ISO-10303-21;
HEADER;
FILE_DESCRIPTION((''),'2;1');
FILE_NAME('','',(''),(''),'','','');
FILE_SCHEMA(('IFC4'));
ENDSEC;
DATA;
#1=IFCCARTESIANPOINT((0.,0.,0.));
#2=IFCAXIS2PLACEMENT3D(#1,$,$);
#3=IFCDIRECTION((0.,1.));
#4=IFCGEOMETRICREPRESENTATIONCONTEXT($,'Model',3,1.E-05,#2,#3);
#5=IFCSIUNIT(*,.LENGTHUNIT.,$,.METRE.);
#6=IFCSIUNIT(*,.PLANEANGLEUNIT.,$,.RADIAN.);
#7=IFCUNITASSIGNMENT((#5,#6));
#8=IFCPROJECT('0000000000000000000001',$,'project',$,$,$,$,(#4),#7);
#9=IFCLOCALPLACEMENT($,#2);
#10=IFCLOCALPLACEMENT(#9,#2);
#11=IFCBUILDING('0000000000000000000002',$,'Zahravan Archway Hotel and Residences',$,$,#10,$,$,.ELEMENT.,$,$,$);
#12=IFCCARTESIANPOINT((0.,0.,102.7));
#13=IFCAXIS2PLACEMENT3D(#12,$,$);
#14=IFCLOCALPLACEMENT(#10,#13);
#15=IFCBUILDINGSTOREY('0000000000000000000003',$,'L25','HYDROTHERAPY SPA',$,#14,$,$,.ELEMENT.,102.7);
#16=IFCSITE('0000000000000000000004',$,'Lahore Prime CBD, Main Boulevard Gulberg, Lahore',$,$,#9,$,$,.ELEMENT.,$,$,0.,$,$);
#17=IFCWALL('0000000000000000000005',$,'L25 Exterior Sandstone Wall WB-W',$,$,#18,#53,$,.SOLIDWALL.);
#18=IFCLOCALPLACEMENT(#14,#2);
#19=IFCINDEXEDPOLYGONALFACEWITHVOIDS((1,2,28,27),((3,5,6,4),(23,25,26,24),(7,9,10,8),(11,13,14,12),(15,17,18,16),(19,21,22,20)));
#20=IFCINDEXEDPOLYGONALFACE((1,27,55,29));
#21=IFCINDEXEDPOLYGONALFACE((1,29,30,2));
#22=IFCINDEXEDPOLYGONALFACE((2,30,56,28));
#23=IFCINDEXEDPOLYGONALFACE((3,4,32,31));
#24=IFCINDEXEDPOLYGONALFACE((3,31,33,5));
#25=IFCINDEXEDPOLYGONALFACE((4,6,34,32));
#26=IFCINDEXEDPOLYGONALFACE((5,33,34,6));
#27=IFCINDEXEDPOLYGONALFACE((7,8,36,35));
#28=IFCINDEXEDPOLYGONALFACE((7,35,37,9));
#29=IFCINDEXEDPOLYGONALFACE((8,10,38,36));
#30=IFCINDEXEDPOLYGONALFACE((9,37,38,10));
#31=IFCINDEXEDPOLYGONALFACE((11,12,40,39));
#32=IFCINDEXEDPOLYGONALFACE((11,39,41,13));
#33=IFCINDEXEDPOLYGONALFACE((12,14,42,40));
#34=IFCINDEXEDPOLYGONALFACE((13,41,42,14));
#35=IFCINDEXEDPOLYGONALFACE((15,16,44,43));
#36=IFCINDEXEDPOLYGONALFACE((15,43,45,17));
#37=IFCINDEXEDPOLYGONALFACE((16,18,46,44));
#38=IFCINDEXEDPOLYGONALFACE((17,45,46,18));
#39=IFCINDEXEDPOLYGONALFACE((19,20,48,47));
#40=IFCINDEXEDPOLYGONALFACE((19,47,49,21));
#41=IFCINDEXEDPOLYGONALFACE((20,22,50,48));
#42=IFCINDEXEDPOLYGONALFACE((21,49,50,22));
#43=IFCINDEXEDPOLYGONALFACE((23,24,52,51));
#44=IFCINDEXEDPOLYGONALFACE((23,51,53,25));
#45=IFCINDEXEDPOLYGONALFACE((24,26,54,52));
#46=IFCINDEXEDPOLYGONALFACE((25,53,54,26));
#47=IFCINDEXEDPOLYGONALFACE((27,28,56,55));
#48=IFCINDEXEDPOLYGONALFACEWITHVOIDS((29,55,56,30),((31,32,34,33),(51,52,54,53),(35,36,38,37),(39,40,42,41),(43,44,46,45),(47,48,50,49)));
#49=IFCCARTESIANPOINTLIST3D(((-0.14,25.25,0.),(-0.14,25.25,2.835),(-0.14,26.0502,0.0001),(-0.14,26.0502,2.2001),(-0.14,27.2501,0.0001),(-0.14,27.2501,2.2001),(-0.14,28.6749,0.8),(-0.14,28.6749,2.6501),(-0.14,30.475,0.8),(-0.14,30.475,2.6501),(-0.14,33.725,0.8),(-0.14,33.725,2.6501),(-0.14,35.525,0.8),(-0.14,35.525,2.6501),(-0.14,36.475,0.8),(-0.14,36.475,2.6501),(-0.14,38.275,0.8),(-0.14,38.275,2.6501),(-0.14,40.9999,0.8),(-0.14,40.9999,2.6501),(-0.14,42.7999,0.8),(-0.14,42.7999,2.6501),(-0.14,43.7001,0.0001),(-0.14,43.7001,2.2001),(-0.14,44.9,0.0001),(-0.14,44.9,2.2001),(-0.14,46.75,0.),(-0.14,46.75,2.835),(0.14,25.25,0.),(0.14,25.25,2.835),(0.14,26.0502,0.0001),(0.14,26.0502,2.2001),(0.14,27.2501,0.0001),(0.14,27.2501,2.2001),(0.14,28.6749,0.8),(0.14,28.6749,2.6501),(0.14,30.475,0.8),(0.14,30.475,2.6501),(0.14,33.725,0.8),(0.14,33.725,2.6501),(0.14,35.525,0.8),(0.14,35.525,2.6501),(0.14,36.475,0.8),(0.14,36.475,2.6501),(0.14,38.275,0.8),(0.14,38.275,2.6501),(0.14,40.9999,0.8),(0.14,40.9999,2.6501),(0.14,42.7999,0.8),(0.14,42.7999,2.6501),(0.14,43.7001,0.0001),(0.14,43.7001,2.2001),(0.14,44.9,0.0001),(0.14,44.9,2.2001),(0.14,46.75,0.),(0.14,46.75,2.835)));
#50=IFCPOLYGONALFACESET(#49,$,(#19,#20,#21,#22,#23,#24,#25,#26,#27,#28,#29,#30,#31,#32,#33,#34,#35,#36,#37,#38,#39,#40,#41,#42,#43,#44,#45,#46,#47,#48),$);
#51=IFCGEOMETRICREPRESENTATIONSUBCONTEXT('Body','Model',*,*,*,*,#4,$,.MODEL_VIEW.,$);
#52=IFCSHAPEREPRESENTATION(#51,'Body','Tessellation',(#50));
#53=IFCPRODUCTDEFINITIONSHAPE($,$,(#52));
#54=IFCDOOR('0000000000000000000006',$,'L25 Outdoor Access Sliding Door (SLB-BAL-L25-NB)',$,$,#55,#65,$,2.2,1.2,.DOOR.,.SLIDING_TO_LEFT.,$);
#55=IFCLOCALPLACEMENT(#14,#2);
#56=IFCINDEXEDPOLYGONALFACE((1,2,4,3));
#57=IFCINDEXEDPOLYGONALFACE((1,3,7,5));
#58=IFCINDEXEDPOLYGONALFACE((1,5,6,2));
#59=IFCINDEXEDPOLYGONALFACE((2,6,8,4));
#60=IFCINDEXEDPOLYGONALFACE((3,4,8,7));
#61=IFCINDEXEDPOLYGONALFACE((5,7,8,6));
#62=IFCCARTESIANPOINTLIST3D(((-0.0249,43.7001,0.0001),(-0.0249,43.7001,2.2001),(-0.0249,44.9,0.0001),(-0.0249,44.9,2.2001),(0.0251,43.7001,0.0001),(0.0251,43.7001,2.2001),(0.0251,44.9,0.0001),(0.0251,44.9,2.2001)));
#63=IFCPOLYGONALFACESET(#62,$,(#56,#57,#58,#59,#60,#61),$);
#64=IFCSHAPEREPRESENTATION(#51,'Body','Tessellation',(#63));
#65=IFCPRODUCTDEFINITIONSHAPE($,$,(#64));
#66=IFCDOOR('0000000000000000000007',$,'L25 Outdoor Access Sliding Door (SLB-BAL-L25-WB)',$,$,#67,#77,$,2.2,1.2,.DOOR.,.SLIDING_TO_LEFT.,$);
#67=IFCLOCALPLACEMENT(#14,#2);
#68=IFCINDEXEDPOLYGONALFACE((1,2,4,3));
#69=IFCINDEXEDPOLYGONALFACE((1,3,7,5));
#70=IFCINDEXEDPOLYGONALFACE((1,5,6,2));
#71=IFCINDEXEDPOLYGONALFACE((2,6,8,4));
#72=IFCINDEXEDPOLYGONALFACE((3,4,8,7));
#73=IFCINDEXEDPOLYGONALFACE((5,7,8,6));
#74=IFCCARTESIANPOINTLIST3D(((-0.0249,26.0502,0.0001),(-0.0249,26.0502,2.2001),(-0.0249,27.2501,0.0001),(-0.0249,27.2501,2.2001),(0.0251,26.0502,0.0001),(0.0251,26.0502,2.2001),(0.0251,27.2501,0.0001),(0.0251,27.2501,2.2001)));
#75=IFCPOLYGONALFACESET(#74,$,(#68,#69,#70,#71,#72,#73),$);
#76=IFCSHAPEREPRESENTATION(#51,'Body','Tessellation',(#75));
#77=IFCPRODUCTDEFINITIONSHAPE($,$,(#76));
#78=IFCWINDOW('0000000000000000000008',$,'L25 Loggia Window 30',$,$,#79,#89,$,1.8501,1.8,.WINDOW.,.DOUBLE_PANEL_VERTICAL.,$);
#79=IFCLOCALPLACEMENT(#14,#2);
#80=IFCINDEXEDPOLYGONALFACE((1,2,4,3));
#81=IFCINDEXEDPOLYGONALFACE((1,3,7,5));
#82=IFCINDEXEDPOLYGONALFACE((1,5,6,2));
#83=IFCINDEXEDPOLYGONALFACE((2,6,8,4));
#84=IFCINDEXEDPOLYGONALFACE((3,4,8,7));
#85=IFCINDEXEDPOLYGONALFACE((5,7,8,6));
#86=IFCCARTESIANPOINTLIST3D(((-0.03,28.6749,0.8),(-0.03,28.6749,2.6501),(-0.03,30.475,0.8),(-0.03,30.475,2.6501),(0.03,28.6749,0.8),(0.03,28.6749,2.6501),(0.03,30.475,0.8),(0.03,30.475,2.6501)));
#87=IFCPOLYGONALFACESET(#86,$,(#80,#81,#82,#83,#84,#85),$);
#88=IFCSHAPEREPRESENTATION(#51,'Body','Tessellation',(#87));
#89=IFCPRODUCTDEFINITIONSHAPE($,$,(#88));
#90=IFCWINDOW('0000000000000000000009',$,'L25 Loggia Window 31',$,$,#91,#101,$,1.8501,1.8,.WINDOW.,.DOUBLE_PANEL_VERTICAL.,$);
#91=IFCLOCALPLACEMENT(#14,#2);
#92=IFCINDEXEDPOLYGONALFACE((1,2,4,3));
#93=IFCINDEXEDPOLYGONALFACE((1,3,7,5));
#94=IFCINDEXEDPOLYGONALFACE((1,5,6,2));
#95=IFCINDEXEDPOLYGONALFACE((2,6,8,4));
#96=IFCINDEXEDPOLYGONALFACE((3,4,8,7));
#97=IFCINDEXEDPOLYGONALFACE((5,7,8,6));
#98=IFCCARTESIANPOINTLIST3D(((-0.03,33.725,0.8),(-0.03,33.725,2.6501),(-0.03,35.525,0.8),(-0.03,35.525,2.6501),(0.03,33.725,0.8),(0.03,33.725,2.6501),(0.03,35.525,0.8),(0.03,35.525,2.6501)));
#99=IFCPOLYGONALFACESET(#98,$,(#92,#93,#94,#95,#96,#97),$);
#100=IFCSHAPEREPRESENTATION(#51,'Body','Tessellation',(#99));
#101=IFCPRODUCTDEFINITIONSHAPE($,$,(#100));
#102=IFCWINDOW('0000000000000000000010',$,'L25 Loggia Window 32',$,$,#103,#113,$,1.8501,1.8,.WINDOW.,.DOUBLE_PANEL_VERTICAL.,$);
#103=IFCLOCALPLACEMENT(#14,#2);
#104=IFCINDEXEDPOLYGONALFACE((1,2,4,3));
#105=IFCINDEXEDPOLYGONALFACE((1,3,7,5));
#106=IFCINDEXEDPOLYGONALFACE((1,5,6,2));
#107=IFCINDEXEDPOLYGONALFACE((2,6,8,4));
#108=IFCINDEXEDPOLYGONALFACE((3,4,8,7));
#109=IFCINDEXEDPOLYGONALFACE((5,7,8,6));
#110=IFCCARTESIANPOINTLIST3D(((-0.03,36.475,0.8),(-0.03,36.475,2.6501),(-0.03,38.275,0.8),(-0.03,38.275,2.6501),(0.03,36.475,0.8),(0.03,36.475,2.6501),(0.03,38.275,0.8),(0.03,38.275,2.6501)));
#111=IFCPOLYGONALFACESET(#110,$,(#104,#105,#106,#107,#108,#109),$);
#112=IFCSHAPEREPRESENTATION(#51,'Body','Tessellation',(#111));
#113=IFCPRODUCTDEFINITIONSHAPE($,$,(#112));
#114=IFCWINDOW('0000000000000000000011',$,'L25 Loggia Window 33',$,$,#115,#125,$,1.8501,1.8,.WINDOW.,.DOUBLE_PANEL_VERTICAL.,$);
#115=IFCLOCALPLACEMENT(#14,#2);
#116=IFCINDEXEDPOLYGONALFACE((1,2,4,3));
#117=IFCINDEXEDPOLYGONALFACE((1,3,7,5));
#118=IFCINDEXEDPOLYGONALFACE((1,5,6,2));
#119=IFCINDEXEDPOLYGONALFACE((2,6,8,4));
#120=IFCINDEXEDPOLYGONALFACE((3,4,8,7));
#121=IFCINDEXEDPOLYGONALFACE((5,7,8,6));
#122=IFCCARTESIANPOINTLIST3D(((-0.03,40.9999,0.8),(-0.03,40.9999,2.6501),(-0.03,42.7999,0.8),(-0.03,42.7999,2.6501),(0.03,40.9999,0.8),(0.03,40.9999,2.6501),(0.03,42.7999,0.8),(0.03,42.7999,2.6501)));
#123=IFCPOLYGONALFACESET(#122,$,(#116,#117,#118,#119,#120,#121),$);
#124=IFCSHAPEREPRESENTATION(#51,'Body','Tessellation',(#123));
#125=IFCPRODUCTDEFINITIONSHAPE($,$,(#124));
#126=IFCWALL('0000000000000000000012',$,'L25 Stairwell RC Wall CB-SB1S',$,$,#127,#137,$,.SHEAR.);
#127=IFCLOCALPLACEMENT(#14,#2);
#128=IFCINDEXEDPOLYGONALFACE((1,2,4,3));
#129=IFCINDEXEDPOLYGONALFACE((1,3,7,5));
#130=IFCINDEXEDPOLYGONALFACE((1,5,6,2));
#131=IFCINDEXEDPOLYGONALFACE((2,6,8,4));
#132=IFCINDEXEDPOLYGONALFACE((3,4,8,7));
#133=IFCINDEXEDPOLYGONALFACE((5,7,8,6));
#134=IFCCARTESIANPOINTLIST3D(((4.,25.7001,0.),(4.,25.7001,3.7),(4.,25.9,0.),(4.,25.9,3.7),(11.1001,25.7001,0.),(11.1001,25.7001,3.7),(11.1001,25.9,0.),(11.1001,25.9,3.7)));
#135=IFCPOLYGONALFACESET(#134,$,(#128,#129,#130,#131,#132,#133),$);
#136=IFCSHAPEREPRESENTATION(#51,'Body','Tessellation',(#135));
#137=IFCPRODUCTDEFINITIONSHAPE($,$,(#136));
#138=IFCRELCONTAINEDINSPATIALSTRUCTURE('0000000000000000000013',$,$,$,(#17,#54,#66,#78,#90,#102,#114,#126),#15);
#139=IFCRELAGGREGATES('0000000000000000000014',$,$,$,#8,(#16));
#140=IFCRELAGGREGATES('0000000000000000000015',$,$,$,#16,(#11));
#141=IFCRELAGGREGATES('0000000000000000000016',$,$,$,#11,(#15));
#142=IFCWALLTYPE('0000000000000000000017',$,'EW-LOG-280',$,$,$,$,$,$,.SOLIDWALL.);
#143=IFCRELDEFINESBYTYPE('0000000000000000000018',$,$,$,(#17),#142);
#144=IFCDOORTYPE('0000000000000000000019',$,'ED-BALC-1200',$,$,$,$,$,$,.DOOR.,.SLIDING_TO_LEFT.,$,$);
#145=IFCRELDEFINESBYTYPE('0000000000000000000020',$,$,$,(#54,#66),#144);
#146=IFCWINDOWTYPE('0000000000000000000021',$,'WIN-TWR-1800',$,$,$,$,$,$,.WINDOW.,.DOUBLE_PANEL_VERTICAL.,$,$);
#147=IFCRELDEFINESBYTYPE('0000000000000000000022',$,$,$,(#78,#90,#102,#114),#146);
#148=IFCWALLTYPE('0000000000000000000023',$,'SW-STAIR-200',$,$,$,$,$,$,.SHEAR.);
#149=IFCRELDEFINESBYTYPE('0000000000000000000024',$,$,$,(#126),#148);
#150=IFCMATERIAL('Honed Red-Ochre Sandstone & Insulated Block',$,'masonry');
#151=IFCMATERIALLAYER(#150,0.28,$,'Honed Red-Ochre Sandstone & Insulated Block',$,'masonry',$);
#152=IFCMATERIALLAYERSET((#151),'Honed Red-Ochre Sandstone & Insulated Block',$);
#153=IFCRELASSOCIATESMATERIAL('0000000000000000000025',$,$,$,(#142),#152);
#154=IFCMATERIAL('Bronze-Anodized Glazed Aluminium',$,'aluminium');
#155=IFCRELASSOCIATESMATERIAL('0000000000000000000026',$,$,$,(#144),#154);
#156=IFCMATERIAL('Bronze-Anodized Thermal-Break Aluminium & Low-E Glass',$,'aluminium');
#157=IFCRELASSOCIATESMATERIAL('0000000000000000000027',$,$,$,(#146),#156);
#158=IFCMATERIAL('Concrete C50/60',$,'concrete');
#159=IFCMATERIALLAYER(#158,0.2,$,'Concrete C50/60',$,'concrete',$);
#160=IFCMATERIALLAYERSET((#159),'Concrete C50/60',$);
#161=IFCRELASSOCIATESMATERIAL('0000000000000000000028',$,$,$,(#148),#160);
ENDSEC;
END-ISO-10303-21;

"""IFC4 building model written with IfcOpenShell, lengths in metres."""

from ifc_helpers import new_model, si_unit, direction, frame, frame_2d, origin, place, context, subcontext, project, spatial, rectangle, extrude, source, transform, mapped, material, layer, layer_set, type_object, type_shapes, element, fill, save


model = new_model("IFC4")

# Units and contexts
model_context = context("Model", 3, precision=1e-05, world=origin(), true_north=direction((0.0, 1.0)))
body_context = subcontext(model_context, "Body", "Model", "MODEL_VIEW")
ifc_project = project(units=[si_unit("LENGTHUNIT", "METRE"), si_unit("PLANEANGLEUNIT", "RADIAN")], contexts=[model_context])

# Site, building, storey
site_placement = place(None, origin())
site = spatial("IfcSite", under=ifc_project, at=site_placement, Name="Lahore Prime CBD, Main Boulevard Gulberg, Lahore", CompositionType="ELEMENT", RefElevation=0.0)
building_placement = place(site_placement, origin())
building = spatial("IfcBuilding", under=site, at=building_placement, Name="Zahravan Archway Hotel and Residences", CompositionType="ELEMENT")
storey_placement = place(building_placement, frame((0.0, 0.0, 102.7)))
storey = spatial("IfcBuildingStorey", under=building, at=storey_placement, Name="L25", Description="HYDROTHERAPY SPA", CompositionType="ELEMENT", Elevation=102.7)

# Shared definitions
ifc_material_1 = material(Name="Honed Red-Ochre Sandstone & Insulated Block", Category="masonry")
ifc_layer_1 = layer(ifc_material_1, 0.28, Name="Honed Red-Ochre Sandstone & Insulated Block", Category="masonry")
ifc_layer_set_1 = layer_set([ifc_layer_1], Name="Honed Red-Ochre Sandstone & Insulated Block")
wall_type_1 = type_object("IfcWallType", Name="EW-LOG-280", PredefinedType="SOLIDWALL", material=ifc_layer_set_1)
ifc_material_2 = material(Name="Bronze-Anodized Thermal-Break Aluminium & Low-E Glass", Category="aluminium")

# Wall, openings, doors, windows
wall_1_placement = place(storey_placement, frame((0.0, 25.25, 0.0), z_axis=(0.0, 0.0, 1.0), x_axis=(0.0, 1.0, 0.0)))
wall_1 = element("IfcWall", 1, at=wall_1_placement, inside=storey, type_object=wall_type_1, Name="L25 Exterior Sandstone Wall WB-W", PredefinedType="SOLIDWALL", context=body_context, shape_type="SweptSolid", body=[
    extrude(rectangle(XDim=21.5, YDim=0.28, at=frame_2d((10.75, 0.0))), origin(), (0.0, 0.0, 1.0), 2.835),
])
opening_1_placement = place(wall_1_placement, frame((18.45, 0.0, 0.0)))
opening_1 = element("IfcOpeningElement", 2, at=opening_1_placement, cuts=wall_1, PredefinedType="OPENING", context=body_context, shape_type="SweptSolid", body=[
    extrude(rectangle(XDim=1.2, YDim=2.2, at=frame_2d((0.6001, 1.1001))), frame((0.0, 0.1499, 0.0), z_axis=(0.0, -1.0, 0.0), x_axis=(1.0, 0.0, 0.0)), (0.0, 0.0, 1.0), 0.3),
])
opening_2_placement = place(wall_1_placement, frame((0.8, 0.0, 0.0)))
opening_2 = element("IfcOpeningElement", 3, at=opening_2_placement, cuts=wall_1, PredefinedType="OPENING", context=body_context, shape_type="SweptSolid", body=[
    extrude(rectangle(XDim=1.2, YDim=2.2, at=frame_2d((0.6001, 1.1001))), frame((0.0, 0.1499, 0.0), z_axis=(0.0, -1.0, 0.0), x_axis=(1.0, 0.0, 0.0)), (0.0, 0.0, 1.0), 0.3),
])
opening_3_placement = place(wall_1_placement, frame((3.425, 0.0, 0.8)))
opening_3 = element("IfcOpeningElement", 4, at=opening_3_placement, cuts=wall_1, PredefinedType="OPENING", context=body_context, shape_type="SweptSolid", body=[
    extrude(rectangle(XDim=1.8, YDim=1.8501, at=frame_2d((0.8999, 0.925))), frame((0.0, 0.1499, 0.0), z_axis=(0.0, -1.0, 0.0), x_axis=(1.0, 0.0, 0.0)), (0.0, 0.0, 1.0), 0.3),
])
opening_4_placement = place(wall_1_placement, frame((8.4751, 0.0, 0.8)))
opening_4 = element("IfcOpeningElement", 5, at=opening_4_placement, cuts=wall_1, PredefinedType="OPENING", context=body_context, shape_type="SweptSolid", body=[
    extrude(rectangle(XDim=1.8, YDim=1.8501, at=frame_2d((0.8999, 0.925))), frame((0.0, 0.1499, 0.0), z_axis=(0.0, -1.0, 0.0), x_axis=(1.0, 0.0, 0.0)), (0.0, 0.0, 1.0), 0.3),
])
opening_5_placement = place(wall_1_placement, frame((11.2251, 0.0, 0.8)))
opening_5 = element("IfcOpeningElement", 6, at=opening_5_placement, cuts=wall_1, PredefinedType="OPENING", context=body_context, shape_type="SweptSolid", body=[
    extrude(rectangle(XDim=1.8, YDim=1.8501, at=frame_2d((0.8999, 0.925))), frame((0.0, 0.1499, 0.0), z_axis=(0.0, -1.0, 0.0), x_axis=(1.0, 0.0, 0.0)), (0.0, 0.0, 1.0), 0.3),
])
opening_6_placement = place(wall_1_placement, frame((15.75, 0.0, 0.8)))
opening_6 = element("IfcOpeningElement", 7, at=opening_6_placement, cuts=wall_1, PredefinedType="OPENING", context=body_context, shape_type="SweptSolid", body=[
    extrude(rectangle(XDim=1.8, YDim=1.8501, at=frame_2d((0.8999, 0.925))), frame((0.0, 0.1499, 0.0), z_axis=(0.0, -1.0, 0.0), x_axis=(1.0, 0.0, 0.0)), (0.0, 0.0, 1.0), 0.3),
])
ifc_material_3 = material(Name="Bronze-Anodized Glazed Aluminium", Category="aluminium")
door_type_1 = type_object("IfcDoorType", Name="ED-BALC-1200", OperationType="SLIDING_TO_LEFT", PredefinedType="DOOR", material=ifc_material_3)
shared_shape_1 = source(origin(), body_context, "Body", "SweptSolid", [
    extrude(rectangle(XDim=1.2, YDim=2.2, at=frame_2d((0.6001, 1.1001))), frame((0.0, 0.0249, 0.0), z_axis=(0.0, -1.0, 0.0), x_axis=(1.0, 0.0, 0.0)), (0.0, 0.0, 1.0), 0.05),
])
type_shapes(door_type_1, [shared_shape_1])
door_1_placement = place(opening_1_placement, origin())
door_1 = element("IfcDoor", 8, at=door_1_placement, inside=storey, type_object=door_type_1, Name="L25 Outdoor Access Sliding Door (SLB-BAL-L25-NB)", OperationType="SLIDING_TO_LEFT", OverallHeight=2.2, OverallWidth=1.2, PredefinedType="DOOR", context=body_context, shape_type="MappedRepresentation", body=[
    mapped(shared_shape_1, transform((0.0, 0.0, 0.0), scale=1.0)),
])
fill(opening_1, door_1)
door_2_placement = place(opening_2_placement, origin())
door_2 = element("IfcDoor", 9, at=door_2_placement, inside=storey, type_object=door_type_1, Name="L25 Outdoor Access Sliding Door (SLB-BAL-L25-WB)", OperationType="SLIDING_TO_LEFT", OverallHeight=2.2, OverallWidth=1.2, PredefinedType="DOOR", context=body_context, shape_type="MappedRepresentation", body=[
    mapped(shared_shape_1, transform((0.0, 0.0, 0.0), scale=1.0)),
])
fill(opening_2, door_2)
window_type_1 = type_object("IfcWindowType", Name="WIN-TWR-1800", PartitioningType="DOUBLE_PANEL_VERTICAL", PredefinedType="WINDOW", material=ifc_material_2)
shared_shape_2 = source(origin(), body_context, "Body", "SweptSolid", [
    extrude(rectangle(XDim=1.8, YDim=1.8501, at=frame_2d((0.8999, 0.925))), frame((0.0, 0.03, 0.0), z_axis=(0.0, -1.0, 0.0), x_axis=(1.0, 0.0, 0.0)), (0.0, 0.0, 1.0), 0.0601),
])
type_shapes(window_type_1, [shared_shape_2])
window_1_placement = place(opening_3_placement, origin())
window_1 = element("IfcWindow", 10, at=window_1_placement, inside=storey, type_object=window_type_1, Name="L25 Loggia Window 30", OverallHeight=1.8501, OverallWidth=1.8, PartitioningType="DOUBLE_PANEL_VERTICAL", PredefinedType="WINDOW", context=body_context, shape_type="MappedRepresentation", body=[
    mapped(shared_shape_2, transform((0.0, 0.0, 0.0), scale=1.0)),
])
fill(opening_3, window_1)
window_2_placement = place(opening_4_placement, origin())
window_2 = element("IfcWindow", 11, at=window_2_placement, inside=storey, type_object=window_type_1, Name="L25 Loggia Window 31", OverallHeight=1.8501, OverallWidth=1.8, PartitioningType="DOUBLE_PANEL_VERTICAL", PredefinedType="WINDOW", context=body_context, shape_type="MappedRepresentation", body=[
    mapped(shared_shape_2, transform((0.0, 0.0, 0.0), scale=1.0)),
])
fill(opening_4, window_2)
window_3_placement = place(opening_5_placement, origin())
window_3 = element("IfcWindow", 12, at=window_3_placement, inside=storey, type_object=window_type_1, Name="L25 Loggia Window 32", OverallHeight=1.8501, OverallWidth=1.8, PartitioningType="DOUBLE_PANEL_VERTICAL", PredefinedType="WINDOW", context=body_context, shape_type="MappedRepresentation", body=[
    mapped(shared_shape_2, transform((0.0, 0.0, 0.0), scale=1.0)),
])
fill(opening_5, window_3)
window_4_placement = place(opening_6_placement, origin())
window_4 = element("IfcWindow", 13, at=window_4_placement, inside=storey, type_object=window_type_1, Name="L25 Loggia Window 33", OverallHeight=1.8501, OverallWidth=1.8, PartitioningType="DOUBLE_PANEL_VERTICAL", PredefinedType="WINDOW", context=body_context, shape_type="MappedRepresentation", body=[
    mapped(shared_shape_2, transform((0.0, 0.0, 0.0), scale=1.0)),
])
fill(opening_6, window_4)

# Wall
ifc_material_4 = material(Name="Concrete C50/60", Category="concrete")
ifc_layer_2 = layer(ifc_material_4, 0.2, Name="Concrete C50/60", Category="concrete")
ifc_layer_set_2 = layer_set([ifc_layer_2], Name="Concrete C50/60")
wall_type_2 = type_object("IfcWallType", Name="SW-STAIR-200", PredefinedType="SHEAR", material=ifc_layer_set_2)
wall_2_placement = place(storey_placement, frame((4.0, 25.8, 0.0), z_axis=(0.0, 0.0, 1.0), x_axis=(1.0, 0.0, 0.0)))
element("IfcWall", 14, at=wall_2_placement, inside=storey, type_object=wall_type_2, Name="L25 Stairwell RC Wall CB-SB1S", PredefinedType="SHEAR", context=body_context, shape_type="SweptSolid", body=[
    extrude(rectangle(XDim=7.1001, YDim=0.2, at=frame_2d((3.55, 0.0))), origin(), (0.0, 0.0, 1.0), 3.7),
])

save(model, "model.ifc")
